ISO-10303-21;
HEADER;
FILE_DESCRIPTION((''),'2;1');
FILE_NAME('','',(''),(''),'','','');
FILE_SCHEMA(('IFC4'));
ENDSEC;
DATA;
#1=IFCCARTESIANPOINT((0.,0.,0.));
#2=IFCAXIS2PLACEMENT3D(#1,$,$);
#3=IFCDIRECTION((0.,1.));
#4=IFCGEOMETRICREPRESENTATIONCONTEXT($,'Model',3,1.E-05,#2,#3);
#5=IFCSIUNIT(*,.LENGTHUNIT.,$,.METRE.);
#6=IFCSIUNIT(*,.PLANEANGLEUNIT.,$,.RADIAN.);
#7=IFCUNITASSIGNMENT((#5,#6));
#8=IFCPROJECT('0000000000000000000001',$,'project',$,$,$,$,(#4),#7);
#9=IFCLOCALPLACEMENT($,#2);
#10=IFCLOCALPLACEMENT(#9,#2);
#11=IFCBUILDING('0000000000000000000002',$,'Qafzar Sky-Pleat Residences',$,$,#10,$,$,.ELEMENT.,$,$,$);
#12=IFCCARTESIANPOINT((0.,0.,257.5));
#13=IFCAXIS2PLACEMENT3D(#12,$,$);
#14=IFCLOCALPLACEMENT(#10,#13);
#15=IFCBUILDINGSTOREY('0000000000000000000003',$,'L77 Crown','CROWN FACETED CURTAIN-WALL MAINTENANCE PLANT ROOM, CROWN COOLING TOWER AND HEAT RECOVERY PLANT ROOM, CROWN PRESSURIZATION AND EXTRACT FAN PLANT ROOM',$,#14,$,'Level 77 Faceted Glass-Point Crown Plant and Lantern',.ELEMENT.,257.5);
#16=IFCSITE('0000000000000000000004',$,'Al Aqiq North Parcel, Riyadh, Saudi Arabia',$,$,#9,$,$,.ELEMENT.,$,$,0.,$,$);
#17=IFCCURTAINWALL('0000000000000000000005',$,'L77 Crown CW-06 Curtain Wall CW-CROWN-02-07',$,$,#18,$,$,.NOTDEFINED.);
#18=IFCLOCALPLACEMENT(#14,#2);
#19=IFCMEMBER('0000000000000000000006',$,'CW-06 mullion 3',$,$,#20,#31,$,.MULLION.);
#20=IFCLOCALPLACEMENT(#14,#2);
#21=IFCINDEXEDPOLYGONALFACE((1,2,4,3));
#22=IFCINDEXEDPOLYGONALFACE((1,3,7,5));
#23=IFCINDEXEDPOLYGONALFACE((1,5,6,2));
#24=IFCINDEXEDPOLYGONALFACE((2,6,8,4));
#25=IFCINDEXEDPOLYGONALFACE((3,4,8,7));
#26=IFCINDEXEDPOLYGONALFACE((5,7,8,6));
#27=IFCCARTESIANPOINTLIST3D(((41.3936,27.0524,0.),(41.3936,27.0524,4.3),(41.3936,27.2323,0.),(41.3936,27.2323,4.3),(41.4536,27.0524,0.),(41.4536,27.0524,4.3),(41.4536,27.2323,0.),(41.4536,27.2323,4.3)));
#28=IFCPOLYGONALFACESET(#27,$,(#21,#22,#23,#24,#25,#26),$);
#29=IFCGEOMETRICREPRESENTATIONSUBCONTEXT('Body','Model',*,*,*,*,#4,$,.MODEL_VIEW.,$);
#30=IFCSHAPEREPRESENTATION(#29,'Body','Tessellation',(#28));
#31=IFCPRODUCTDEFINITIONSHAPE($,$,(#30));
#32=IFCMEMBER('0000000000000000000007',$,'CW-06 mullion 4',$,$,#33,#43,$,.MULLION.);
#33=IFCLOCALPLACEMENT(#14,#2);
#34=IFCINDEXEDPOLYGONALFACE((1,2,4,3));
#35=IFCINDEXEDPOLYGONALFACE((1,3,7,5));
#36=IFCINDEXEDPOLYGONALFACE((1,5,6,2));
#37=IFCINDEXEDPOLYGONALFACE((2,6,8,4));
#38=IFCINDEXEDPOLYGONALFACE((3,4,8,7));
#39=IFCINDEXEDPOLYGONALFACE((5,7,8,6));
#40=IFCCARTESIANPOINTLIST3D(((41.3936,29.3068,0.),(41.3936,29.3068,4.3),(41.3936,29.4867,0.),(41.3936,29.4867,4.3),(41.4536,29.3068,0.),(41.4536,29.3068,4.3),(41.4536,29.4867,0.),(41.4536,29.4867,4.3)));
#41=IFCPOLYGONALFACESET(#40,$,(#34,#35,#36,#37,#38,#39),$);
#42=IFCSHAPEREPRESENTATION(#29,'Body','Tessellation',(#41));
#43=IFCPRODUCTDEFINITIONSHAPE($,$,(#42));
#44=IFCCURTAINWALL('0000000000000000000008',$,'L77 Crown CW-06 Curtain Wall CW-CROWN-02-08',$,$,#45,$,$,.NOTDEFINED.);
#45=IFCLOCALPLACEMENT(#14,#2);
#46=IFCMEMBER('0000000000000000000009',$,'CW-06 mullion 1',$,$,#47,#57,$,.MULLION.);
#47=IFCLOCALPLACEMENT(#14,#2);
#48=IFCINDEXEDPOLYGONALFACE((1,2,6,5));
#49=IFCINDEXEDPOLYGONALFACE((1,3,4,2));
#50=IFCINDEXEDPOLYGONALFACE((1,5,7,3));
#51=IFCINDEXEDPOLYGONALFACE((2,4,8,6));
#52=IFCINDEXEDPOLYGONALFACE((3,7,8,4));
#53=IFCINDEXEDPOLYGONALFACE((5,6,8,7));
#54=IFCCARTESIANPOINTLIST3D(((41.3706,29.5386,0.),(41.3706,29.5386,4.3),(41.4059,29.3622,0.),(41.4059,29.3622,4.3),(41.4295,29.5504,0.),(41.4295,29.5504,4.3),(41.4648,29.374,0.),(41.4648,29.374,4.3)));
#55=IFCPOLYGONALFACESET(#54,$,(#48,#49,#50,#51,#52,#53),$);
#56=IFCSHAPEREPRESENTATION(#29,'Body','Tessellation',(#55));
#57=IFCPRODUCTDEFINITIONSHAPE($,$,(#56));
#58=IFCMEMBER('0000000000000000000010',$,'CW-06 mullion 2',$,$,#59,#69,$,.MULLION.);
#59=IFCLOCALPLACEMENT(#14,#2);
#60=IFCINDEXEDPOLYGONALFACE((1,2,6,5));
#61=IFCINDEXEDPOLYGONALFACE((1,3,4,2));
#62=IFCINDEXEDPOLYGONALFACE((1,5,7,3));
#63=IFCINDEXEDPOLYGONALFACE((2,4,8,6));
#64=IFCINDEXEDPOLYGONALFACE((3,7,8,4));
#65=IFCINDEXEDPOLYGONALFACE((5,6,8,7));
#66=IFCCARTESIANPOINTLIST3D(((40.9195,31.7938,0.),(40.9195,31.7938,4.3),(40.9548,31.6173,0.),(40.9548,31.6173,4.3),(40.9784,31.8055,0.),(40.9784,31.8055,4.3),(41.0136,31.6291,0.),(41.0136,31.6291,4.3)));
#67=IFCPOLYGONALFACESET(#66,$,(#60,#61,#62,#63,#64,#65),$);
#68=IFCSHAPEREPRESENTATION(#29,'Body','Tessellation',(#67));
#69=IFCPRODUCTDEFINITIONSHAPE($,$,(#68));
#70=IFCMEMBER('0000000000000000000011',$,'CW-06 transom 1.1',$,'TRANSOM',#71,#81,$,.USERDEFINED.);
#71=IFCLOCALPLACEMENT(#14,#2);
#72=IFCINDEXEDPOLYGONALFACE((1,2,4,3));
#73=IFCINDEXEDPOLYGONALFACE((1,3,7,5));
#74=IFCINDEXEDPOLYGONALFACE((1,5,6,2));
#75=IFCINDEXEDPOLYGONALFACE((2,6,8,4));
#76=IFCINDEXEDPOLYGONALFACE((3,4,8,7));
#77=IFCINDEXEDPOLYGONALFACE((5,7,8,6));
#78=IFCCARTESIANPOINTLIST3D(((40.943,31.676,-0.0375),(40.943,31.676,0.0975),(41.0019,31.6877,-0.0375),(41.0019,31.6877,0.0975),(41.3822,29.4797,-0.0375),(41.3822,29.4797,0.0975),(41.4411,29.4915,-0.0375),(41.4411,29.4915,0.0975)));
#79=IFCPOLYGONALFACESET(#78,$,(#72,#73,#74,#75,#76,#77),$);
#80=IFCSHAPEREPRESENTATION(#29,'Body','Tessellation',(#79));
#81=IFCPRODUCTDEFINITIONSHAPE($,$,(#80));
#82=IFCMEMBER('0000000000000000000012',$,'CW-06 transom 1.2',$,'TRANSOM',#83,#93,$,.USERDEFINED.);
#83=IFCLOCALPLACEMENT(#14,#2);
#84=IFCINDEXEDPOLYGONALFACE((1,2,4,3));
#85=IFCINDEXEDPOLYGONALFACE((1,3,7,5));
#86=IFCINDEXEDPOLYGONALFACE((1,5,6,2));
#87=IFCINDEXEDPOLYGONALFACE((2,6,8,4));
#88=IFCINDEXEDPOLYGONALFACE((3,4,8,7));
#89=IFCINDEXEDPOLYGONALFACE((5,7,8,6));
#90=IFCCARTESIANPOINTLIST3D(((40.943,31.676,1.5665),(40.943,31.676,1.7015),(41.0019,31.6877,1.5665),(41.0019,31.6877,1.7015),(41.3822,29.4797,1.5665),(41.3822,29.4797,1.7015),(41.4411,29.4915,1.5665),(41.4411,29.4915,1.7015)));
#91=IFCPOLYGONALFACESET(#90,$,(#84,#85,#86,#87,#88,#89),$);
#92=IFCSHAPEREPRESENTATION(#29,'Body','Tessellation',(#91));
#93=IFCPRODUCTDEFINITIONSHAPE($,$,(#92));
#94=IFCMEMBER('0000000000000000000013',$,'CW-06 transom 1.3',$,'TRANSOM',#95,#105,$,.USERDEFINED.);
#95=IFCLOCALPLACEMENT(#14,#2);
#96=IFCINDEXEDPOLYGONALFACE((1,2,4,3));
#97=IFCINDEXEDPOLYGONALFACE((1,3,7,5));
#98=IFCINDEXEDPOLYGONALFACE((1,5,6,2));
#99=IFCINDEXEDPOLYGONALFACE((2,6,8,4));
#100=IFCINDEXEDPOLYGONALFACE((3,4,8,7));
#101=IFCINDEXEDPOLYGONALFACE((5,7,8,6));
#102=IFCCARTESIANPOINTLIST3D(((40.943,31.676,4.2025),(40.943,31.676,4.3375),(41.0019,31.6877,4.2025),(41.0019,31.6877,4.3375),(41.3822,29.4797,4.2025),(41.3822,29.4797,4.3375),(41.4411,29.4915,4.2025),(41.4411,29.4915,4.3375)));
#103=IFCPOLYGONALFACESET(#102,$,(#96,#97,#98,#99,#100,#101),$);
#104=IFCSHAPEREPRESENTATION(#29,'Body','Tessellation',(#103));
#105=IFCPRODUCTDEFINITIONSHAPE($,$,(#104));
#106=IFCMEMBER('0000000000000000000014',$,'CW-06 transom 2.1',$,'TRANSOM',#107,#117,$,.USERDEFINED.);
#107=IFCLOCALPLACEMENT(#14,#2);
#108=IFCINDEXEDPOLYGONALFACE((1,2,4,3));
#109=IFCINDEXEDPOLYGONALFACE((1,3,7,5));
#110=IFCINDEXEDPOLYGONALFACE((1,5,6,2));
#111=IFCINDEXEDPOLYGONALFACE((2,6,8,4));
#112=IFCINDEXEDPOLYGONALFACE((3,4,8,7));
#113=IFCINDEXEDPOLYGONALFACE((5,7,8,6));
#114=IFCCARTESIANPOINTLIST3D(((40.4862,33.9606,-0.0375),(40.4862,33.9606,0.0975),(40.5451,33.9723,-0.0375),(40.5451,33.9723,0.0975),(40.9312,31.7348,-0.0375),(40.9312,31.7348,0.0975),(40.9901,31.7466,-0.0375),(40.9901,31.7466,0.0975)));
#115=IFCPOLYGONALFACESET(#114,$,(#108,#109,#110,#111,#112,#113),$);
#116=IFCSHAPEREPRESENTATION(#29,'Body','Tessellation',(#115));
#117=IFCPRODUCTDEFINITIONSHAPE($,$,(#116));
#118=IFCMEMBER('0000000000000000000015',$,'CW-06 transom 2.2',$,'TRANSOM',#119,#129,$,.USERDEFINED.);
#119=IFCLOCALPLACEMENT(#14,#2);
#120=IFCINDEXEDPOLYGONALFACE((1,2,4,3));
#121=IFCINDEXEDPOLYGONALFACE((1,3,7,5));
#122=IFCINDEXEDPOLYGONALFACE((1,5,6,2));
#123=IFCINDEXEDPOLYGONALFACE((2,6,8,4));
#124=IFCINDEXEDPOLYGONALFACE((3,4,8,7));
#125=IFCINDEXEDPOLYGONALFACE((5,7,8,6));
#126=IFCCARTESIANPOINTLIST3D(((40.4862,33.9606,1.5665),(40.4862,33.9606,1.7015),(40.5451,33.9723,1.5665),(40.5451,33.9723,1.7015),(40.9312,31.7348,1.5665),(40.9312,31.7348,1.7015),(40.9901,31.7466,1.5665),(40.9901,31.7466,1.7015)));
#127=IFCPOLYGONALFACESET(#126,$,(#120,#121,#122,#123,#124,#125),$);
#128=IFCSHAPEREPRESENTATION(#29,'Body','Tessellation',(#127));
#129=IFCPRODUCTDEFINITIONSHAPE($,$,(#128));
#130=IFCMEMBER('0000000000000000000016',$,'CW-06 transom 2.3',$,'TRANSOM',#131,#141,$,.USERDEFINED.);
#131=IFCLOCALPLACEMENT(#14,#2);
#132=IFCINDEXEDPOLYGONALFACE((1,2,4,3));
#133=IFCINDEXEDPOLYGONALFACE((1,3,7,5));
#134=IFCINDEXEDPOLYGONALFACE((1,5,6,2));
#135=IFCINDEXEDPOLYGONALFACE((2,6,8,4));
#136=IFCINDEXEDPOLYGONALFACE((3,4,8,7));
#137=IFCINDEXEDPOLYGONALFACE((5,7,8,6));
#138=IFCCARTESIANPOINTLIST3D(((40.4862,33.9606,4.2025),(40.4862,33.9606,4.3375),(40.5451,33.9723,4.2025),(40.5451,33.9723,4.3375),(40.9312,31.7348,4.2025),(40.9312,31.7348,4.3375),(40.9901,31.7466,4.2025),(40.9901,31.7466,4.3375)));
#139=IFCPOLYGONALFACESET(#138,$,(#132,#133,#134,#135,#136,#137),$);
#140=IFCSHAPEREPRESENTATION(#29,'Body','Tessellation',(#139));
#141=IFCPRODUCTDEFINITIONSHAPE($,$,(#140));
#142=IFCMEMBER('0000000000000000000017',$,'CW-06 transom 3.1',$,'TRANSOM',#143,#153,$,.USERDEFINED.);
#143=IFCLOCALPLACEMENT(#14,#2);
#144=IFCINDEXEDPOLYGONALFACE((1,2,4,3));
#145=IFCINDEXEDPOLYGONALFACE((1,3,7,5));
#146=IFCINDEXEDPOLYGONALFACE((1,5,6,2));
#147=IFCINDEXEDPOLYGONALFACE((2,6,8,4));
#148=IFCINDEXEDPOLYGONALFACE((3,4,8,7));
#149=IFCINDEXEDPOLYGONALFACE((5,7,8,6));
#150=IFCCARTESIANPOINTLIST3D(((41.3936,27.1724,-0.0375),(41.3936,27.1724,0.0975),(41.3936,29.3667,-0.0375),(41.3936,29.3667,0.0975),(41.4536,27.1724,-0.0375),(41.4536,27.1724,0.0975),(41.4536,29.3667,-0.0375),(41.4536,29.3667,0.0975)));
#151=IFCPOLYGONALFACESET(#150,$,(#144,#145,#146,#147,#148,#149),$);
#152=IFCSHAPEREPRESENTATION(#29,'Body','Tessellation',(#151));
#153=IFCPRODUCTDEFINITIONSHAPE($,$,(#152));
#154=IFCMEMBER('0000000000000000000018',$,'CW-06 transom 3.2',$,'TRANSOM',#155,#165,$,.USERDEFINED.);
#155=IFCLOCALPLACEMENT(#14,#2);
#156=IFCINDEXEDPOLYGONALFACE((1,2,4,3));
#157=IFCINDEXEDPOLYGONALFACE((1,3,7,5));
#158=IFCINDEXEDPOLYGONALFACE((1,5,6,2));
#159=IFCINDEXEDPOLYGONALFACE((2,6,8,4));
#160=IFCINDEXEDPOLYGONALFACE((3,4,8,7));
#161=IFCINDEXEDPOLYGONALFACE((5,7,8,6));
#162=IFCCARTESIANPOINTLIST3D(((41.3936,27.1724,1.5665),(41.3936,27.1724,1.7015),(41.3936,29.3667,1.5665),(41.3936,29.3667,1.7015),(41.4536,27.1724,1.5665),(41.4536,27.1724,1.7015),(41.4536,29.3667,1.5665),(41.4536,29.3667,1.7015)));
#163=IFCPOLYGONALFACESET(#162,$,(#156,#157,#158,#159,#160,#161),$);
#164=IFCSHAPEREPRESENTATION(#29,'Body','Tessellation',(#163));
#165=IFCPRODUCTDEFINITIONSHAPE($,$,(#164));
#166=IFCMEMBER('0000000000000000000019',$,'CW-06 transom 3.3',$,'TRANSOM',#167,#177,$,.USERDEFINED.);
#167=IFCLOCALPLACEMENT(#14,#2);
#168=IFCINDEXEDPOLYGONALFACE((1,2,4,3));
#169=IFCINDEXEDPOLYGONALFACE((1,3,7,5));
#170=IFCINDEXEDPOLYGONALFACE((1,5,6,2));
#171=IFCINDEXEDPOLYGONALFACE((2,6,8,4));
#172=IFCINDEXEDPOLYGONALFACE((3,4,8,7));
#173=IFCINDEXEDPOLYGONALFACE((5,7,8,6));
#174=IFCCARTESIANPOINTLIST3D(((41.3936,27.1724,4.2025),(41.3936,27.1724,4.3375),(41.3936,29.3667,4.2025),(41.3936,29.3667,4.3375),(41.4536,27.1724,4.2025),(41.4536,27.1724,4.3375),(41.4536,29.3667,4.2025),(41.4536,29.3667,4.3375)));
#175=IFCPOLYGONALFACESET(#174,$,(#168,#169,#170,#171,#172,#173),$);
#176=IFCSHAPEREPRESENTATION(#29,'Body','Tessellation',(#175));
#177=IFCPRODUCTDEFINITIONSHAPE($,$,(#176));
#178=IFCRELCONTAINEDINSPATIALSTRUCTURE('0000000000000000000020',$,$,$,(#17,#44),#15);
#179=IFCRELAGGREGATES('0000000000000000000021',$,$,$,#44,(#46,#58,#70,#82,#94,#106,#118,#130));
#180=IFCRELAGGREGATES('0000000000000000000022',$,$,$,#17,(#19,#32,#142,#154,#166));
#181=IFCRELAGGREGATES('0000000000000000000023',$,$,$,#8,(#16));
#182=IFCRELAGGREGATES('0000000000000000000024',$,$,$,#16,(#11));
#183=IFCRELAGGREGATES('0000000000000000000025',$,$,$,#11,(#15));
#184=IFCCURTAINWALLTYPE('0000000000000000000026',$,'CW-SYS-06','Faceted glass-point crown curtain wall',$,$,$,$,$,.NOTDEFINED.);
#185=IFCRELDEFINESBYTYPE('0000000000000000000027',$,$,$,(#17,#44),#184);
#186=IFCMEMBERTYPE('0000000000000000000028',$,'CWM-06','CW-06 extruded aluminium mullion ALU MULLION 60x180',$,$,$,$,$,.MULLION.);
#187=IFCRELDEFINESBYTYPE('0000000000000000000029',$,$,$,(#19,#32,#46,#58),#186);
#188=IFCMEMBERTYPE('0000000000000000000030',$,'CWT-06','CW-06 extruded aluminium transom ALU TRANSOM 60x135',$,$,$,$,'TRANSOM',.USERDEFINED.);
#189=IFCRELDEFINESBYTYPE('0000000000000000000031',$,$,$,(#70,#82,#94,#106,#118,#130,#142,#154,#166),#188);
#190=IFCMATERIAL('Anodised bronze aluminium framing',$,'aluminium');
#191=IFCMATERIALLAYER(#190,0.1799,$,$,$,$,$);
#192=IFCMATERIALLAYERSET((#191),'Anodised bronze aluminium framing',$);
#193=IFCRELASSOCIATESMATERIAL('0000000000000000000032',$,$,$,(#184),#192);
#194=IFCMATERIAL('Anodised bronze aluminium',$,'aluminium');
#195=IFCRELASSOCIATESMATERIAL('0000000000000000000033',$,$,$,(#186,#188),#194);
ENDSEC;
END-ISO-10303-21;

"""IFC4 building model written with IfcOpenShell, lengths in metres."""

from ifc_helpers import new_model, si_unit, direction, frame, origin, origin_2d, place, context, subcontext, project, spatial, rectangle, extrude, source, transform, mapped, material, layer, layer_set, material_profile, profile_set, type_object, element, aggregate, save


model = new_model("IFC4")

# Units and contexts
model_context = context("Model", 3, precision=1e-05, world=origin(), true_north=direction((0.0, 1.0)))
body_context = subcontext(model_context, "Body", "Model", "MODEL_VIEW")
ifc_project = project(units=[si_unit("LENGTHUNIT", "METRE"), si_unit("PLANEANGLEUNIT", "RADIAN")], contexts=[model_context])

# Site, building, storey
site_placement = place(None, origin())
site = spatial("IfcSite", under=ifc_project, at=site_placement, Name="Al Aqiq North Parcel, Riyadh, Saudi Arabia", CompositionType="ELEMENT", RefElevation=0.0)
building_placement = place(site_placement, origin())
building = spatial("IfcBuilding", under=site, at=building_placement, Name="Qafzar Sky-Pleat Residences", CompositionType="ELEMENT")
storey_placement = place(building_placement, frame((0.0, 0.0, 257.5)))
storey = spatial("IfcBuildingStorey", under=building, at=storey_placement, Name="L77 Crown", Description="CROWN FACETED CURTAIN-WALL MAINTENANCE PLANT ROOM, CROWN COOLING TOWER AND HEAT RECOVERY PLANT ROOM, CROWN PRESSURIZATION AND EXTRACT FAN PLANT ROOM", LongName="Level 77 Faceted Glass-Point Crown Plant and Lantern", CompositionType="ELEMENT", Elevation=257.5)

# Curtain walls, members
ifc_material_1 = material(Name="Anodised bronze aluminium framing", Category="aluminium")
ifc_layer_1 = layer(ifc_material_1, 0.1799)
ifc_layer_set_1 = layer_set([ifc_layer_1], Name="Anodised bronze aluminium framing")
curtain_wall_type = type_object("IfcCurtainWallType", Name="CW-SYS-06", Description="Faceted glass-point crown curtain wall", PredefinedType="NOTDEFINED", material=ifc_layer_set_1)
curtain_wall_1_placement = place(storey_placement, origin())
curtain_wall_1 = element("IfcCurtainWall", 1, at=curtain_wall_1_placement, inside=storey, type_object=curtain_wall_type, Name="L77 Crown CW-06 Curtain Wall CW-CROWN-02-07", PredefinedType="NOTDEFINED")
ifc_material_2 = material(Name="Anodised bronze aluminium", Category="aluminium")
ifc_material_profile_1 = material_profile(ifc_material_2, rectangle(XDim=0.0601, YDim=0.1799, at=origin_2d()), Name="ALU MULLION 60x180")
ifc_profile_set_1 = profile_set([ifc_material_profile_1], Name="Anodised bronze aluminium")
member_type_1 = type_object("IfcMemberType", Name="CWM-06", Description="CW-06 extruded aluminium mullion ALU MULLION 60x180", PredefinedType="MULLION", material=ifc_profile_set_1)
shared_shape_1 = source(origin(), body_context, "Body", "SweptSolid", [
    extrude(rectangle(XDim=0.0601, YDim=0.1799, at=origin_2d()), origin(), (0.0, 0.0, 1.0), 4.3),
])
member_1_placement = place(storey_placement, frame((41.4236, 27.1423, 0.0), z_axis=(0.0, 0.0, 1.0), x_axis=(-1.0, 0.0, 0.0)))
member_1 = element("IfcMember", 2, at=member_1_placement, type_object=member_type_1, Name="CW-06 mullion 3", PredefinedType="MULLION", context=body_context, shape_type="MappedRepresentation", body=[
    mapped(shared_shape_1, transform((0.0, 0.0, 0.0), x_axis=(1.0, 0.0, 0.0), y_axis=(0.0, 1.0, 0.0), z_axis=(0.0, 0.0, 1.0), scale=1.0)),
])
member_2_placement = place(storey_placement, frame((41.4236, 29.3967, 0.0), z_axis=(0.0, 0.0, 1.0), x_axis=(-1.0, 0.0, 0.0)))
member_2 = element("IfcMember", 3, at=member_2_placement, type_object=member_type_1, Name="CW-06 mullion 4", PredefinedType="MULLION", context=body_context, shape_type="MappedRepresentation", body=[
    mapped(shared_shape_1, transform((0.0, 0.0, 0.0), x_axis=(1.0, 0.0, 0.0), y_axis=(0.0, 1.0, 0.0), z_axis=(0.0, 0.0, 1.0), scale=1.0)),
])
curtain_wall_2_placement = place(storey_placement, origin())
curtain_wall_2 = element("IfcCurtainWall", 4, at=curtain_wall_2_placement, inside=storey, type_object=curtain_wall_type, Name="L77 Crown CW-06 Curtain Wall CW-CROWN-02-08", PredefinedType="NOTDEFINED")
member_3_placement = place(storey_placement, frame((41.4177, 29.4563, 0.0), z_axis=(0.0, 0.0, 1.0), x_axis=(-0.980578, -0.196127, 0.0)))
member_3 = element("IfcMember", 5, at=member_3_placement, type_object=member_type_1, Name="CW-06 mullion 1", PredefinedType="MULLION", context=body_context, shape_type="MappedRepresentation", body=[
    mapped(shared_shape_1, transform((0.0, 0.0, 0.0), x_axis=(1.0, 0.0, 0.0), y_axis=(0.0, 1.0, 0.0), z_axis=(0.0, 0.0, 1.0), scale=1.0)),
])
member_4_placement = place(storey_placement, frame((40.9666, 31.7114, 0.0), z_axis=(0.0, 0.0, 1.0), x_axis=(-0.980578, -0.196127, 0.0)))
member_4 = element("IfcMember", 6, at=member_4_placement, type_object=member_type_1, Name="CW-06 mullion 2", PredefinedType="MULLION", context=body_context, shape_type="MappedRepresentation", body=[
    mapped(shared_shape_1, transform((0.0, 0.0, 0.0), x_axis=(1.0, 0.0, 0.0), y_axis=(0.0, 1.0, 0.0), z_axis=(0.0, 0.0, 1.0), scale=1.0)),
])
ifc_material_profile_2 = material_profile(ifc_material_2, rectangle(XDim=0.0601, YDim=0.135, at=origin_2d()), Name="ALU TRANSOM 60x135")
ifc_profile_set_2 = profile_set([ifc_material_profile_2], Name="Anodised bronze aluminium")
member_type_2 = type_object("IfcMemberType", Name="CWT-06", Description="CW-06 extruded aluminium transom ALU TRANSOM 60x135", ElementType="TRANSOM", PredefinedType="USERDEFINED", material=ifc_profile_set_2)
shared_shape_2 = source(origin(), body_context, "Body", "SweptSolid", [
    extrude(rectangle(XDim=0.0601, YDim=0.135, at=origin_2d()), origin(), (0.0, 0.0, 1.0), 2.2397),
])
member_5_placement = place(storey_placement, frame((41.4116, 29.4856, 0.03), z_axis=(-0.196095, 0.980585, 0.0), x_axis=(-0.980585, -0.196095, 0.0)))
member_5 = element("IfcMember", 7, at=member_5_placement, type_object=member_type_2, Name="CW-06 transom 1.1", ObjectType="TRANSOM", PredefinedType="USERDEFINED", context=body_context, shape_type="MappedRepresentation", body=[
    mapped(shared_shape_2, transform((0.0, 0.0, 0.0), x_axis=(1.0, 0.0, 0.0), y_axis=(0.0, 1.0, 0.0), z_axis=(0.0, 0.0, 1.0), scale=1.0)),
])
member_6_placement = place(storey_placement, frame((41.4116, 29.4856, 1.634), z_axis=(-0.196095, 0.980585, 0.0), x_axis=(-0.980585, -0.196095, 0.0)))
member_6 = element("IfcMember", 8, at=member_6_placement, type_object=member_type_2, Name="CW-06 transom 1.2", ObjectType="TRANSOM", PredefinedType="USERDEFINED", context=body_context, shape_type="MappedRepresentation", body=[
    mapped(shared_shape_2, transform((0.0, 0.0, 0.0), x_axis=(1.0, 0.0, 0.0), y_axis=(0.0, 1.0, 0.0), z_axis=(0.0, 0.0, 1.0), scale=1.0)),
])
member_7_placement = place(storey_placement, frame((41.4116, 29.4856, 4.27), z_axis=(-0.196095, 0.980585, 0.0), x_axis=(-0.980585, -0.196095, 0.0)))
member_7 = element("IfcMember", 9, at=member_7_placement, type_object=member_type_2, Name="CW-06 transom 1.3", ObjectType="TRANSOM", PredefinedType="USERDEFINED", context=body_context, shape_type="MappedRepresentation", body=[
    mapped(shared_shape_2, transform((0.0, 0.0, 0.0), x_axis=(1.0, 0.0, 0.0), y_axis=(0.0, 1.0, 0.0), z_axis=(0.0, 0.0, 1.0), scale=1.0)),
])
shared_shape_3 = source(origin(), body_context, "Body", "SweptSolid", [
    extrude(rectangle(XDim=0.0601, YDim=0.135, at=origin_2d()), origin(), (0.0, 0.0, 1.0), 2.2698),
])
member_8_placement = place(storey_placement, frame((40.9607, 31.7407, 0.03), z_axis=(-0.196075, 0.980589, 0.0), x_axis=(-0.980589, -0.196075, 0.0)))
member_8 = element("IfcMember", 10, at=member_8_placement, type_object=member_type_2, Name="CW-06 transom 2.1", ObjectType="TRANSOM", PredefinedType="USERDEFINED", context=body_context, shape_type="MappedRepresentation", body=[
    mapped(shared_shape_3, transform((0.0, 0.0, 0.0), x_axis=(1.0, 0.0, 0.0), y_axis=(0.0, 1.0, 0.0), z_axis=(0.0, 0.0, 1.0), scale=1.0)),
])
member_9_placement = place(storey_placement, frame((40.9607, 31.7407, 1.634), z_axis=(-0.196075, 0.980589, 0.0), x_axis=(-0.980589, -0.196075, 0.0)))
member_9 = element("IfcMember", 11, at=member_9_placement, type_object=member_type_2, Name="CW-06 transom 2.2", ObjectType="TRANSOM", PredefinedType="USERDEFINED", context=body_context, shape_type="MappedRepresentation", body=[
    mapped(shared_shape_3, transform((0.0, 0.0, 0.0), x_axis=(1.0, 0.0, 0.0), y_axis=(0.0, 1.0, 0.0), z_axis=(0.0, 0.0, 1.0), scale=1.0)),
])
member_10_placement = place(storey_placement, frame((40.9607, 31.7407, 4.27), z_axis=(-0.196075, 0.980589, 0.0), x_axis=(-0.980589, -0.196075, 0.0)))
member_10 = element("IfcMember", 12, at=member_10_placement, type_object=member_type_2, Name="CW-06 transom 2.3", ObjectType="TRANSOM", PredefinedType="USERDEFINED", context=body_context, shape_type="MappedRepresentation", body=[
    mapped(shared_shape_3, transform((0.0, 0.0, 0.0), x_axis=(1.0, 0.0, 0.0), y_axis=(0.0, 1.0, 0.0), z_axis=(0.0, 0.0, 1.0), scale=1.0)),
])

# Members
shared_shape_4 = source(origin(), body_context, "Body", "SweptSolid", [
    extrude(rectangle(XDim=0.0601, YDim=0.135, at=origin_2d()), origin(), (0.0, 0.0, 1.0), 2.1943),
])
member_11_placement = place(storey_placement, frame((41.4236, 27.1724, 0.03), z_axis=(0.0, 1.0, 0.0), x_axis=(-1.0, 0.0, 0.0)))
member_11 = element("IfcMember", 13, at=member_11_placement, type_object=member_type_2, Name="CW-06 transom 3.1", ObjectType="TRANSOM", PredefinedType="USERDEFINED", context=body_context, shape_type="MappedRepresentation", body=[
    mapped(shared_shape_4, transform((0.0, 0.0, 0.0), x_axis=(1.0, 0.0, 0.0), y_axis=(0.0, 1.0, 0.0), z_axis=(0.0, 0.0, 1.0), scale=1.0)),
])
member_12_placement = place(storey_placement, frame((41.4236, 27.1724, 1.634), z_axis=(0.0, 1.0, 0.0), x_axis=(-1.0, 0.0, 0.0)))
member_12 = element("IfcMember", 14, at=member_12_placement, type_object=member_type_2, Name="CW-06 transom 3.2", ObjectType="TRANSOM", PredefinedType="USERDEFINED", context=body_context, shape_type="MappedRepresentation", body=[
    mapped(shared_shape_4, transform((0.0, 0.0, 0.0), x_axis=(1.0, 0.0, 0.0), y_axis=(0.0, 1.0, 0.0), z_axis=(0.0, 0.0, 1.0), scale=1.0)),
])
member_13_placement = place(storey_placement, frame((41.4236, 27.1724, 4.27), z_axis=(0.0, 1.0, 0.0), x_axis=(-1.0, 0.0, 0.0)))
member_13 = element("IfcMember", 15, at=member_13_placement, type_object=member_type_2, Name="CW-06 transom 3.3", ObjectType="TRANSOM", PredefinedType="USERDEFINED", context=body_context, shape_type="MappedRepresentation", body=[
    mapped(shared_shape_4, transform((0.0, 0.0, 0.0), x_axis=(1.0, 0.0, 0.0), y_axis=(0.0, 1.0, 0.0), z_axis=(0.0, 0.0, 1.0), scale=1.0)),
])

aggregate(curtain_wall_2, [member_3, member_4, member_5, member_6, member_7, member_8, member_9, member_10])
aggregate(curtain_wall_1, [member_1, member_2, member_11, member_12, member_13])

save(model, "model.ifc")
